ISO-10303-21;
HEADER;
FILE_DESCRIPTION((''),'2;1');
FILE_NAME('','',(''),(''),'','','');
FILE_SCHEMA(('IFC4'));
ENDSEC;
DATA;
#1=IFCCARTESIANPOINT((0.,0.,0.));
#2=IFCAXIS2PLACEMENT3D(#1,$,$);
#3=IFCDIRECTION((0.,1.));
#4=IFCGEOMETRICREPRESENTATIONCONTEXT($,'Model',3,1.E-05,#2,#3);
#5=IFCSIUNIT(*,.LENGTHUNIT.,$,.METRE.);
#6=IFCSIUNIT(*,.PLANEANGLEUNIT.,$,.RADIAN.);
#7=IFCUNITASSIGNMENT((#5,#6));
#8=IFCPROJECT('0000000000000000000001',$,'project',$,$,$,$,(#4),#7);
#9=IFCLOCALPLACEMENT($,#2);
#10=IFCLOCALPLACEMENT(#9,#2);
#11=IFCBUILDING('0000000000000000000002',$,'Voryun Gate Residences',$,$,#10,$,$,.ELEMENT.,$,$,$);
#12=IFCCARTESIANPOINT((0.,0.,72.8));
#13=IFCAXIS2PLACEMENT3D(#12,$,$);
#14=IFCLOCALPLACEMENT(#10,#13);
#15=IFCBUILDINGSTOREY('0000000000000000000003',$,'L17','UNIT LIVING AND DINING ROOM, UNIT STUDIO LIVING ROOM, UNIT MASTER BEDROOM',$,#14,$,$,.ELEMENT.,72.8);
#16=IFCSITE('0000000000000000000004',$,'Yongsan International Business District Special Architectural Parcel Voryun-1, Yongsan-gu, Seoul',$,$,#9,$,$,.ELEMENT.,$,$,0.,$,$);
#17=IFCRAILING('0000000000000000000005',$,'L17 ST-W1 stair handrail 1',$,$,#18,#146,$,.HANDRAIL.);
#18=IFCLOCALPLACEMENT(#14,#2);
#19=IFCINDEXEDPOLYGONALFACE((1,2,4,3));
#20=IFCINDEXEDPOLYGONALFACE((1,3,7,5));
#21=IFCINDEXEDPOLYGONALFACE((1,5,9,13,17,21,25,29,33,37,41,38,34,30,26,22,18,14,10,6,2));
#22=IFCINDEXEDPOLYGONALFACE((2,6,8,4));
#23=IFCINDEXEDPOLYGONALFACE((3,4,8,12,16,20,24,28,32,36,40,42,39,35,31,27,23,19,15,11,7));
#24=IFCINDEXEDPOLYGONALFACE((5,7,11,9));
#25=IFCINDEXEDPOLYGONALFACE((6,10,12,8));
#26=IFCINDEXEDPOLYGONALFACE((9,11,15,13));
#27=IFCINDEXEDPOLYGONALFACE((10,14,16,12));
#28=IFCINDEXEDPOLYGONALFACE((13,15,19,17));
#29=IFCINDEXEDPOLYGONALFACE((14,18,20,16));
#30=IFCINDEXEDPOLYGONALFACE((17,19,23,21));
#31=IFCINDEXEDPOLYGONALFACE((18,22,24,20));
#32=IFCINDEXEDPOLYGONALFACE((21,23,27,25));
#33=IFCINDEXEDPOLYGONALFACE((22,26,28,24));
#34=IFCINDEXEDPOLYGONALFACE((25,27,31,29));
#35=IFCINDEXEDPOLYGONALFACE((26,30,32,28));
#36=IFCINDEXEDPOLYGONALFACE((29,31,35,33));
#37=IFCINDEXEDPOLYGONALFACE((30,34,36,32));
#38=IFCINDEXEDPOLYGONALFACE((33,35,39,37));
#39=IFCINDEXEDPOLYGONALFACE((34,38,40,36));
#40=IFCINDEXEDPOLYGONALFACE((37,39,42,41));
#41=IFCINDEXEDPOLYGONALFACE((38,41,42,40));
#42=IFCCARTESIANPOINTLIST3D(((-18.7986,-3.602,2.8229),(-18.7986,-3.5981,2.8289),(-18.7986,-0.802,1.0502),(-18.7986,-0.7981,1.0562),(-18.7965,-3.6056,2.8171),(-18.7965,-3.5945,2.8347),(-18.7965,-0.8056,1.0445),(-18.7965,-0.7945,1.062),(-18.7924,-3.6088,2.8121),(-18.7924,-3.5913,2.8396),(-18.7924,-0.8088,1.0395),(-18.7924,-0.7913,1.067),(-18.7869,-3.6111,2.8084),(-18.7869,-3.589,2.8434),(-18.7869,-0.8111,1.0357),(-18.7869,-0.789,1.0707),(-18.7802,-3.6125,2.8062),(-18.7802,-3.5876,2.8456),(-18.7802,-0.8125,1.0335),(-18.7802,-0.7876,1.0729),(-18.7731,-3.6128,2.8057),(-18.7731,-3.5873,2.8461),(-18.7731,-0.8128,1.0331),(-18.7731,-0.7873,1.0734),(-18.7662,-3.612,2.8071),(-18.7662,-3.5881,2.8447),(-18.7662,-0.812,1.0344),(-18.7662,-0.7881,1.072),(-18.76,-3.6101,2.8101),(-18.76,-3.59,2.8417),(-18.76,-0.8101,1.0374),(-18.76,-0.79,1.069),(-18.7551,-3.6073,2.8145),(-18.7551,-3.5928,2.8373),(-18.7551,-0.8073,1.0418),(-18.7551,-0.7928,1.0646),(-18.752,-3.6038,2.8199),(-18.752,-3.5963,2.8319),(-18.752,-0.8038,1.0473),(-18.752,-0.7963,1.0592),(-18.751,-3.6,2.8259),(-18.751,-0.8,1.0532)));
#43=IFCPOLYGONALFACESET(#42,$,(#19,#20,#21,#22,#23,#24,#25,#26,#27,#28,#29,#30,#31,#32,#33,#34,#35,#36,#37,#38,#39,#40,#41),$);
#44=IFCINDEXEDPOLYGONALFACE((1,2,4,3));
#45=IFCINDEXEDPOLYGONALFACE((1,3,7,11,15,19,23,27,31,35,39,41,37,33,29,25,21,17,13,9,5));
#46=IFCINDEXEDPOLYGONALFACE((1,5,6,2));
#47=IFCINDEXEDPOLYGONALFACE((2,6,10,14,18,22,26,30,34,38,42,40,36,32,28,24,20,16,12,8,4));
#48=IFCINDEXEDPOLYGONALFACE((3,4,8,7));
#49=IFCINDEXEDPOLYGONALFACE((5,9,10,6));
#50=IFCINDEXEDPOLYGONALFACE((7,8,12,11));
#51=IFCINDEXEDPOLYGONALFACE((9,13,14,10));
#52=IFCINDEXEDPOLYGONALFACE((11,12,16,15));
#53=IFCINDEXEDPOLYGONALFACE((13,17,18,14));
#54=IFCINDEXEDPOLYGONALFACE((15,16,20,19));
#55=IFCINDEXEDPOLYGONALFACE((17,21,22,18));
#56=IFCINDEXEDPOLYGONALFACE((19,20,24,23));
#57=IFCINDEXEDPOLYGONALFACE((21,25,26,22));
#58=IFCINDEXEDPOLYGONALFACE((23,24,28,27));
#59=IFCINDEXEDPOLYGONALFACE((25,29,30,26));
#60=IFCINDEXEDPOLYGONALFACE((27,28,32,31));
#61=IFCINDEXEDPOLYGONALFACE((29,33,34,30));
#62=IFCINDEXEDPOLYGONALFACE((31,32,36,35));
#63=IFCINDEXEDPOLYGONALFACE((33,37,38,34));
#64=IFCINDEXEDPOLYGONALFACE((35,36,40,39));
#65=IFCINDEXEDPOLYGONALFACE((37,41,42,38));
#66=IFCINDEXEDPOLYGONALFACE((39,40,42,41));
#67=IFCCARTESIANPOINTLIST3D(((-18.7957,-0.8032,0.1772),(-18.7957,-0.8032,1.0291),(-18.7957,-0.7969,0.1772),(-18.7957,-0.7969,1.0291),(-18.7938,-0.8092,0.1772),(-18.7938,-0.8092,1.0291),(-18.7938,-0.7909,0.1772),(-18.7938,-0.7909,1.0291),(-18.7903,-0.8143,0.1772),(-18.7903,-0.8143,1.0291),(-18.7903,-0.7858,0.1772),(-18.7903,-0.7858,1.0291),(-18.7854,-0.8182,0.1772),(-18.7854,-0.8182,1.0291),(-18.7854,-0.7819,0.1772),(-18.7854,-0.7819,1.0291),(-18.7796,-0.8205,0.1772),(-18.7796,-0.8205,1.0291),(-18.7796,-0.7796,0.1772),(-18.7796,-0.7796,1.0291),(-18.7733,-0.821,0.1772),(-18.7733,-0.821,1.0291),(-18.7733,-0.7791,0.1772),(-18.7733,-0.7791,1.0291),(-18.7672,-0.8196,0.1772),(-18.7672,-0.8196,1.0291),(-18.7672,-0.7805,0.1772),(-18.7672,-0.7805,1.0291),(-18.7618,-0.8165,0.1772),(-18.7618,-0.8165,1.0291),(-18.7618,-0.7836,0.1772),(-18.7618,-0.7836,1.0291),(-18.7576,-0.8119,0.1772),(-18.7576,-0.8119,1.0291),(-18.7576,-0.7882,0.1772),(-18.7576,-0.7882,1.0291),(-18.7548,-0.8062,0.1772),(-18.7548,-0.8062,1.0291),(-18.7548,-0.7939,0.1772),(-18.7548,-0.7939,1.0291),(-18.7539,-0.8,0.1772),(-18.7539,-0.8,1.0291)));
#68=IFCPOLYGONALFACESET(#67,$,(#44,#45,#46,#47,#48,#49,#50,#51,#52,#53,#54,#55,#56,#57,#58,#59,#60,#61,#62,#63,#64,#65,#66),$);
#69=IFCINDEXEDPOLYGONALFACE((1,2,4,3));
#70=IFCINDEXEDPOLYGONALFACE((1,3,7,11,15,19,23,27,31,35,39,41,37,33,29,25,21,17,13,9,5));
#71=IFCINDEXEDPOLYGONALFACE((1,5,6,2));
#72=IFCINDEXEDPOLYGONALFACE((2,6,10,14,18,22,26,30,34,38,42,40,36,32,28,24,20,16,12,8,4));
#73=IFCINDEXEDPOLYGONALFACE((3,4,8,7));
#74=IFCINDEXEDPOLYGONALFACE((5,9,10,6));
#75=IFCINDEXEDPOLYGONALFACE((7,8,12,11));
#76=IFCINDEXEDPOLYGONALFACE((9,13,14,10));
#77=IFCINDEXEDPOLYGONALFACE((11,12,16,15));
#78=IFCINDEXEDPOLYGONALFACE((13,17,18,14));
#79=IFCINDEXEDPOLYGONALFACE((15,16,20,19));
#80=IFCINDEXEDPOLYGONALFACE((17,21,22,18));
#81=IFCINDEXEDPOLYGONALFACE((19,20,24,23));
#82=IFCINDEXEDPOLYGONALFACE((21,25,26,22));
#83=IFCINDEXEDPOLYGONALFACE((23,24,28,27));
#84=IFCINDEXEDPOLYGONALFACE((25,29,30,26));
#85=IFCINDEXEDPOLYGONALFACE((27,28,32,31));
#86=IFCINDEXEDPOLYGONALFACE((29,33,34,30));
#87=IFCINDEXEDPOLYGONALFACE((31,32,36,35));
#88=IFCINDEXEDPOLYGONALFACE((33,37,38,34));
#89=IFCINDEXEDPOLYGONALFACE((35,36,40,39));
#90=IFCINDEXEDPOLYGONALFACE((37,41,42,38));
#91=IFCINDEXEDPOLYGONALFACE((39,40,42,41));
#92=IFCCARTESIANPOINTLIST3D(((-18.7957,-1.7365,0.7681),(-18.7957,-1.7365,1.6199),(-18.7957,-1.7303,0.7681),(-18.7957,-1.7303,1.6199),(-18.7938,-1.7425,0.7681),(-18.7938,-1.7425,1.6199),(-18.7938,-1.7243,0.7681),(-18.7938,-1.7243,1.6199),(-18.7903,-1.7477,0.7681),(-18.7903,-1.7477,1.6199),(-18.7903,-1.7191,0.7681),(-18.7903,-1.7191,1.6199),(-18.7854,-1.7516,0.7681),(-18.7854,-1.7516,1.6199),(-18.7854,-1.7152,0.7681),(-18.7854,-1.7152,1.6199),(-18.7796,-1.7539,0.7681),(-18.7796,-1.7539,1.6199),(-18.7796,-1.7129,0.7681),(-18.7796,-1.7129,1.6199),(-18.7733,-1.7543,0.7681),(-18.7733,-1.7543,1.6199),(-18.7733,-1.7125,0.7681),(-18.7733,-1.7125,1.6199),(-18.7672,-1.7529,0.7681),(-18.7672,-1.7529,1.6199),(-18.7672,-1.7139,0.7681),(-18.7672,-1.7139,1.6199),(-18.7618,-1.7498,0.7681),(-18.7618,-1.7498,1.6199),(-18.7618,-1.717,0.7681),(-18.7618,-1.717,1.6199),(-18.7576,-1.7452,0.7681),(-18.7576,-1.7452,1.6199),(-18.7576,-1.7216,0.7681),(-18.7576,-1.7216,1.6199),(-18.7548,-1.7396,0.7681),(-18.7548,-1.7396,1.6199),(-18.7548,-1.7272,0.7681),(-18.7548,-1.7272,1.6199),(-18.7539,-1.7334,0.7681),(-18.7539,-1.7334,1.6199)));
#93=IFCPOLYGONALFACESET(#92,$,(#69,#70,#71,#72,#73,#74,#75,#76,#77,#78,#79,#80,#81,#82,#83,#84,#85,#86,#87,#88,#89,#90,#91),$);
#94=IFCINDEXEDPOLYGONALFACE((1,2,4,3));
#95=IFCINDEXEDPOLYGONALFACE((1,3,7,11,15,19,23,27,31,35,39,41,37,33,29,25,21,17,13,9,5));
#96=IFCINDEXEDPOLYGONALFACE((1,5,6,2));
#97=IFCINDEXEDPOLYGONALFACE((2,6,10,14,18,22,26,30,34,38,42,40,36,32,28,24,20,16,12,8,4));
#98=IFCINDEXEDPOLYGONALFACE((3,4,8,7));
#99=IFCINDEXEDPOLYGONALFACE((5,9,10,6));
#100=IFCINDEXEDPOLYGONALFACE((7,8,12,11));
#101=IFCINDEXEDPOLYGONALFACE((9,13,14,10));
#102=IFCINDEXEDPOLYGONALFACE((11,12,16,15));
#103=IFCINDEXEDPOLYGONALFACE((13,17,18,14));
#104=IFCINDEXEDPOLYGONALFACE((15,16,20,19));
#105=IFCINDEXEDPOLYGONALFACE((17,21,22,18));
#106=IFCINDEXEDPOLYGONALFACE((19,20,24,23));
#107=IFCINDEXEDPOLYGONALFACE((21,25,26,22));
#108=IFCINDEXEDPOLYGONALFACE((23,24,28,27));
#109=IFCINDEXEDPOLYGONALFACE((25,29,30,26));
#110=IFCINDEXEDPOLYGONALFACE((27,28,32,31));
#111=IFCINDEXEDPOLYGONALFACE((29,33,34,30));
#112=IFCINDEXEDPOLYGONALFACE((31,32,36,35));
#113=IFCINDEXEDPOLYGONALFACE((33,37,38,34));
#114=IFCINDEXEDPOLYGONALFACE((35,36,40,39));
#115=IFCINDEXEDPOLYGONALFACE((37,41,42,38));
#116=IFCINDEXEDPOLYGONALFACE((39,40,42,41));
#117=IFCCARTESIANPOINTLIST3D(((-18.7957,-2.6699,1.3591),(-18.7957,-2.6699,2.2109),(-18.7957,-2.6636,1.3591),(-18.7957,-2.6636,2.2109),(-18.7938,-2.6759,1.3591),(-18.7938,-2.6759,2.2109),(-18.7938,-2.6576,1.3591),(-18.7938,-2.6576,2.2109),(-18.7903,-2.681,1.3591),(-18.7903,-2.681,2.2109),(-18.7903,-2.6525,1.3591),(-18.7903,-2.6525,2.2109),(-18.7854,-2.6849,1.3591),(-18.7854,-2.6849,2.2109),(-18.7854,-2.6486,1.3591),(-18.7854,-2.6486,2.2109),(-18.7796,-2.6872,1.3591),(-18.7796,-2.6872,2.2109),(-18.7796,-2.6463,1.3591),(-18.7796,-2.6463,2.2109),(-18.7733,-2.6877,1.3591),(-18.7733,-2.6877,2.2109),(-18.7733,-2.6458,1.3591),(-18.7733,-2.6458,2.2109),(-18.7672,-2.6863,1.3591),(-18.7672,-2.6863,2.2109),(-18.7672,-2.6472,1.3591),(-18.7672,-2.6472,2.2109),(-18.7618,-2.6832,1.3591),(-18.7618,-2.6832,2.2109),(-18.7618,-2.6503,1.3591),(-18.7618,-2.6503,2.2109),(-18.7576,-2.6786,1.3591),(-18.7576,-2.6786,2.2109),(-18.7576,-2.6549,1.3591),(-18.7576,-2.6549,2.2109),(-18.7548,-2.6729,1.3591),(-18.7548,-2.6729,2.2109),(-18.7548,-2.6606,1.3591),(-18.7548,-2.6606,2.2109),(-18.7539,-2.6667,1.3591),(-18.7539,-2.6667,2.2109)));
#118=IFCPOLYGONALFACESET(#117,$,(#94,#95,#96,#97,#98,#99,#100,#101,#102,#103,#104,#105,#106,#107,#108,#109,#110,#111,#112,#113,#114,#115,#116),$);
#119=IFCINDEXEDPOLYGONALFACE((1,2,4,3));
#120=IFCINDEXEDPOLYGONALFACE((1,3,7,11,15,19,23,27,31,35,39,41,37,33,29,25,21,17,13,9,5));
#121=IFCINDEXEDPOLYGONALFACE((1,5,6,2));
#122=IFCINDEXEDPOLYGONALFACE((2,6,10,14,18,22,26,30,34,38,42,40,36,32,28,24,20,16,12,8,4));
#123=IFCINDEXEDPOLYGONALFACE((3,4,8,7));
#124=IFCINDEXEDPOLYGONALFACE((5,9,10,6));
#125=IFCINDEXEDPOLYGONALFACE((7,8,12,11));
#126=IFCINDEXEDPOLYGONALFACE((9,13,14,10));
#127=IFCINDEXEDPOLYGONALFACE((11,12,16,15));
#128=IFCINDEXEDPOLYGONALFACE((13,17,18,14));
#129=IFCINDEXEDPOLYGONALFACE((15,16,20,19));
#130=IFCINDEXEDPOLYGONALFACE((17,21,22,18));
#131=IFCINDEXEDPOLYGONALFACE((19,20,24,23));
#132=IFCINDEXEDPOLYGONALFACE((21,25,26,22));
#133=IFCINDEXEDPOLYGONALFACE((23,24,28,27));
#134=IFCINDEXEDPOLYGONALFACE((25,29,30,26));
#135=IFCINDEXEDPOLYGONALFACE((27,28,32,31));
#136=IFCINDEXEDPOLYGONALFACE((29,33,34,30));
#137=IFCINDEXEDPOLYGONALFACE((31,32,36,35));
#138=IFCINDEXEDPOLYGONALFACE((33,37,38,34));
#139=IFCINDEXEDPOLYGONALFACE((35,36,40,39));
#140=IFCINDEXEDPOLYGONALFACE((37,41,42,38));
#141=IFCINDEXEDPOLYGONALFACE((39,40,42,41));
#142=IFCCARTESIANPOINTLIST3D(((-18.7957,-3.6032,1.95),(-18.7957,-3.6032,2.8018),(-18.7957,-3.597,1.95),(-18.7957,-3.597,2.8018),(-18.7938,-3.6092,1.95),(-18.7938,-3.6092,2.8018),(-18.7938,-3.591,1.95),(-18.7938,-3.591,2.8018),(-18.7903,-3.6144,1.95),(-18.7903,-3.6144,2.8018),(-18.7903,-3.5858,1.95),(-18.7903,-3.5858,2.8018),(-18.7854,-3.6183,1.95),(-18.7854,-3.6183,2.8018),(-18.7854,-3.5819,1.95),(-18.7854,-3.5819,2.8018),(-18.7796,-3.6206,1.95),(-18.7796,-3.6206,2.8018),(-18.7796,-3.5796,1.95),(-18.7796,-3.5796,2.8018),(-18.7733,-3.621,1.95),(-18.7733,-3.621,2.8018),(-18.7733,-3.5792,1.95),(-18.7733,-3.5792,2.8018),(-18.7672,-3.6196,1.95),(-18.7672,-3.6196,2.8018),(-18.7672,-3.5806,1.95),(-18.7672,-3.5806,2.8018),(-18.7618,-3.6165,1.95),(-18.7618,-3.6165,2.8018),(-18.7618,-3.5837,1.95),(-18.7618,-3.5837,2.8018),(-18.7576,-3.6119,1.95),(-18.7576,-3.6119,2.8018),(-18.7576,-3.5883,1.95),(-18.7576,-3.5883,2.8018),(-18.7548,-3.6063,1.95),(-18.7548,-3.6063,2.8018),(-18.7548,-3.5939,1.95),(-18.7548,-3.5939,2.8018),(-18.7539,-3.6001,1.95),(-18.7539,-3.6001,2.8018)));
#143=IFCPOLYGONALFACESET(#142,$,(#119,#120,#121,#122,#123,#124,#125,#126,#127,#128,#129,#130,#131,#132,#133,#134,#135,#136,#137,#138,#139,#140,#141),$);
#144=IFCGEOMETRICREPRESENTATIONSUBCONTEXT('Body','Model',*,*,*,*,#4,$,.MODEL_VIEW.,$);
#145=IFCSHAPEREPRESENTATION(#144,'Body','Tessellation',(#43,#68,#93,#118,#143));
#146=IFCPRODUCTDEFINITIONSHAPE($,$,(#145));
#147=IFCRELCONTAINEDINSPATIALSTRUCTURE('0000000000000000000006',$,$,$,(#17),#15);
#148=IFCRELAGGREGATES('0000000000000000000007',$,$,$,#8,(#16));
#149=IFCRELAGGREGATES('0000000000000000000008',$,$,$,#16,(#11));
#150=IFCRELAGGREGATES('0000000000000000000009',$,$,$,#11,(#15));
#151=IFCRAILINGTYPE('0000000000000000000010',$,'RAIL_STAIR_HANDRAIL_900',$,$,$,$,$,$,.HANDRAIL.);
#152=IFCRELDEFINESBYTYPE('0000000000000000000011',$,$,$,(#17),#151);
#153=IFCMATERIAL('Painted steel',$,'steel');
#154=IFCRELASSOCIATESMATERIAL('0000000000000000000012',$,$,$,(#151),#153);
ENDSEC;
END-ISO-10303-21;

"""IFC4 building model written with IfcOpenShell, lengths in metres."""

from ifc_helpers import new_model, si_unit, direction, frame, origin, origin_2d, place, context, subcontext, project, spatial, circle, extrude, material, type_object, element, save


model = new_model("IFC4")

# Units and contexts
model_context = context("Model", 3, precision=1e-05, world=origin(), true_north=direction((0.0, 1.0)))
body_context = subcontext(model_context, "Body", "Model", "MODEL_VIEW")
ifc_project = project(units=[si_unit("LENGTHUNIT", "METRE"), si_unit("PLANEANGLEUNIT", "RADIAN")], contexts=[model_context])

# Site, building, storey
site_placement = place(None, origin())
site = spatial("IfcSite", under=ifc_project, at=site_placement, Name="Yongsan International Business District Special Architectural Parcel Voryun-1, Yongsan-gu, Seoul", CompositionType="ELEMENT", RefElevation=0.0)
building_placement = place(site_placement, origin())
building = spatial("IfcBuilding", under=site, at=building_placement, Name="Voryun Gate Residences", CompositionType="ELEMENT")
storey_placement = place(building_placement, frame((0.0, 0.0, 72.8)))
storey = spatial("IfcBuildingStorey", under=building, at=storey_placement, Name="L17", Description="UNIT LIVING AND DINING ROOM, UNIT STUDIO LIVING ROOM, UNIT MASTER BEDROOM", CompositionType="ELEMENT", Elevation=72.8)

# Railing
ifc_material_1 = material(Name="Painted steel", Category="steel")
railing_type_1 = type_object("IfcRailingType", Name="RAIL_STAIR_HANDRAIL_900", PredefinedType="HANDRAIL", material=ifc_material_1)
railing_1_placement = place(storey_placement, frame((-18.7749, -0.8, 0.1772)))
element("IfcRailing", 1, at=railing_1_placement, inside=storey, type_object=railing_type_1, Name="L17 ST-W1 stair handrail 1", PredefinedType="HANDRAIL", context=body_context, shape_type="SweptSolid", body=[
    extrude(circle(Radius=0.0239, at=origin_2d()), frame((0.0, 0.0, 0.876), z_axis=(0.0, -0.844909, 0.53491), x_axis=(1.0, 0.0, 0.0)), (0.0, 0.0, 1.0), 3.314),
    extrude(circle(Radius=0.021, at=origin_2d()), origin(), (0.0, 0.0, 1.0), 0.8518),
    extrude(circle(Radius=0.021, at=origin_2d()), frame((0.0, -0.9333, 0.5908)), (0.0, 0.0, 1.0), 0.8518),
    extrude(circle(Radius=0.021, at=origin_2d()), frame((0.0, -1.8667, 1.1819)), (0.0, 0.0, 1.0), 0.8518),
    extrude(circle(Radius=0.021, at=origin_2d()), frame((0.0, -2.8, 1.7727)), (0.0, 0.0, 1.0), 0.8518),
])

save(model, "model.ifc")
